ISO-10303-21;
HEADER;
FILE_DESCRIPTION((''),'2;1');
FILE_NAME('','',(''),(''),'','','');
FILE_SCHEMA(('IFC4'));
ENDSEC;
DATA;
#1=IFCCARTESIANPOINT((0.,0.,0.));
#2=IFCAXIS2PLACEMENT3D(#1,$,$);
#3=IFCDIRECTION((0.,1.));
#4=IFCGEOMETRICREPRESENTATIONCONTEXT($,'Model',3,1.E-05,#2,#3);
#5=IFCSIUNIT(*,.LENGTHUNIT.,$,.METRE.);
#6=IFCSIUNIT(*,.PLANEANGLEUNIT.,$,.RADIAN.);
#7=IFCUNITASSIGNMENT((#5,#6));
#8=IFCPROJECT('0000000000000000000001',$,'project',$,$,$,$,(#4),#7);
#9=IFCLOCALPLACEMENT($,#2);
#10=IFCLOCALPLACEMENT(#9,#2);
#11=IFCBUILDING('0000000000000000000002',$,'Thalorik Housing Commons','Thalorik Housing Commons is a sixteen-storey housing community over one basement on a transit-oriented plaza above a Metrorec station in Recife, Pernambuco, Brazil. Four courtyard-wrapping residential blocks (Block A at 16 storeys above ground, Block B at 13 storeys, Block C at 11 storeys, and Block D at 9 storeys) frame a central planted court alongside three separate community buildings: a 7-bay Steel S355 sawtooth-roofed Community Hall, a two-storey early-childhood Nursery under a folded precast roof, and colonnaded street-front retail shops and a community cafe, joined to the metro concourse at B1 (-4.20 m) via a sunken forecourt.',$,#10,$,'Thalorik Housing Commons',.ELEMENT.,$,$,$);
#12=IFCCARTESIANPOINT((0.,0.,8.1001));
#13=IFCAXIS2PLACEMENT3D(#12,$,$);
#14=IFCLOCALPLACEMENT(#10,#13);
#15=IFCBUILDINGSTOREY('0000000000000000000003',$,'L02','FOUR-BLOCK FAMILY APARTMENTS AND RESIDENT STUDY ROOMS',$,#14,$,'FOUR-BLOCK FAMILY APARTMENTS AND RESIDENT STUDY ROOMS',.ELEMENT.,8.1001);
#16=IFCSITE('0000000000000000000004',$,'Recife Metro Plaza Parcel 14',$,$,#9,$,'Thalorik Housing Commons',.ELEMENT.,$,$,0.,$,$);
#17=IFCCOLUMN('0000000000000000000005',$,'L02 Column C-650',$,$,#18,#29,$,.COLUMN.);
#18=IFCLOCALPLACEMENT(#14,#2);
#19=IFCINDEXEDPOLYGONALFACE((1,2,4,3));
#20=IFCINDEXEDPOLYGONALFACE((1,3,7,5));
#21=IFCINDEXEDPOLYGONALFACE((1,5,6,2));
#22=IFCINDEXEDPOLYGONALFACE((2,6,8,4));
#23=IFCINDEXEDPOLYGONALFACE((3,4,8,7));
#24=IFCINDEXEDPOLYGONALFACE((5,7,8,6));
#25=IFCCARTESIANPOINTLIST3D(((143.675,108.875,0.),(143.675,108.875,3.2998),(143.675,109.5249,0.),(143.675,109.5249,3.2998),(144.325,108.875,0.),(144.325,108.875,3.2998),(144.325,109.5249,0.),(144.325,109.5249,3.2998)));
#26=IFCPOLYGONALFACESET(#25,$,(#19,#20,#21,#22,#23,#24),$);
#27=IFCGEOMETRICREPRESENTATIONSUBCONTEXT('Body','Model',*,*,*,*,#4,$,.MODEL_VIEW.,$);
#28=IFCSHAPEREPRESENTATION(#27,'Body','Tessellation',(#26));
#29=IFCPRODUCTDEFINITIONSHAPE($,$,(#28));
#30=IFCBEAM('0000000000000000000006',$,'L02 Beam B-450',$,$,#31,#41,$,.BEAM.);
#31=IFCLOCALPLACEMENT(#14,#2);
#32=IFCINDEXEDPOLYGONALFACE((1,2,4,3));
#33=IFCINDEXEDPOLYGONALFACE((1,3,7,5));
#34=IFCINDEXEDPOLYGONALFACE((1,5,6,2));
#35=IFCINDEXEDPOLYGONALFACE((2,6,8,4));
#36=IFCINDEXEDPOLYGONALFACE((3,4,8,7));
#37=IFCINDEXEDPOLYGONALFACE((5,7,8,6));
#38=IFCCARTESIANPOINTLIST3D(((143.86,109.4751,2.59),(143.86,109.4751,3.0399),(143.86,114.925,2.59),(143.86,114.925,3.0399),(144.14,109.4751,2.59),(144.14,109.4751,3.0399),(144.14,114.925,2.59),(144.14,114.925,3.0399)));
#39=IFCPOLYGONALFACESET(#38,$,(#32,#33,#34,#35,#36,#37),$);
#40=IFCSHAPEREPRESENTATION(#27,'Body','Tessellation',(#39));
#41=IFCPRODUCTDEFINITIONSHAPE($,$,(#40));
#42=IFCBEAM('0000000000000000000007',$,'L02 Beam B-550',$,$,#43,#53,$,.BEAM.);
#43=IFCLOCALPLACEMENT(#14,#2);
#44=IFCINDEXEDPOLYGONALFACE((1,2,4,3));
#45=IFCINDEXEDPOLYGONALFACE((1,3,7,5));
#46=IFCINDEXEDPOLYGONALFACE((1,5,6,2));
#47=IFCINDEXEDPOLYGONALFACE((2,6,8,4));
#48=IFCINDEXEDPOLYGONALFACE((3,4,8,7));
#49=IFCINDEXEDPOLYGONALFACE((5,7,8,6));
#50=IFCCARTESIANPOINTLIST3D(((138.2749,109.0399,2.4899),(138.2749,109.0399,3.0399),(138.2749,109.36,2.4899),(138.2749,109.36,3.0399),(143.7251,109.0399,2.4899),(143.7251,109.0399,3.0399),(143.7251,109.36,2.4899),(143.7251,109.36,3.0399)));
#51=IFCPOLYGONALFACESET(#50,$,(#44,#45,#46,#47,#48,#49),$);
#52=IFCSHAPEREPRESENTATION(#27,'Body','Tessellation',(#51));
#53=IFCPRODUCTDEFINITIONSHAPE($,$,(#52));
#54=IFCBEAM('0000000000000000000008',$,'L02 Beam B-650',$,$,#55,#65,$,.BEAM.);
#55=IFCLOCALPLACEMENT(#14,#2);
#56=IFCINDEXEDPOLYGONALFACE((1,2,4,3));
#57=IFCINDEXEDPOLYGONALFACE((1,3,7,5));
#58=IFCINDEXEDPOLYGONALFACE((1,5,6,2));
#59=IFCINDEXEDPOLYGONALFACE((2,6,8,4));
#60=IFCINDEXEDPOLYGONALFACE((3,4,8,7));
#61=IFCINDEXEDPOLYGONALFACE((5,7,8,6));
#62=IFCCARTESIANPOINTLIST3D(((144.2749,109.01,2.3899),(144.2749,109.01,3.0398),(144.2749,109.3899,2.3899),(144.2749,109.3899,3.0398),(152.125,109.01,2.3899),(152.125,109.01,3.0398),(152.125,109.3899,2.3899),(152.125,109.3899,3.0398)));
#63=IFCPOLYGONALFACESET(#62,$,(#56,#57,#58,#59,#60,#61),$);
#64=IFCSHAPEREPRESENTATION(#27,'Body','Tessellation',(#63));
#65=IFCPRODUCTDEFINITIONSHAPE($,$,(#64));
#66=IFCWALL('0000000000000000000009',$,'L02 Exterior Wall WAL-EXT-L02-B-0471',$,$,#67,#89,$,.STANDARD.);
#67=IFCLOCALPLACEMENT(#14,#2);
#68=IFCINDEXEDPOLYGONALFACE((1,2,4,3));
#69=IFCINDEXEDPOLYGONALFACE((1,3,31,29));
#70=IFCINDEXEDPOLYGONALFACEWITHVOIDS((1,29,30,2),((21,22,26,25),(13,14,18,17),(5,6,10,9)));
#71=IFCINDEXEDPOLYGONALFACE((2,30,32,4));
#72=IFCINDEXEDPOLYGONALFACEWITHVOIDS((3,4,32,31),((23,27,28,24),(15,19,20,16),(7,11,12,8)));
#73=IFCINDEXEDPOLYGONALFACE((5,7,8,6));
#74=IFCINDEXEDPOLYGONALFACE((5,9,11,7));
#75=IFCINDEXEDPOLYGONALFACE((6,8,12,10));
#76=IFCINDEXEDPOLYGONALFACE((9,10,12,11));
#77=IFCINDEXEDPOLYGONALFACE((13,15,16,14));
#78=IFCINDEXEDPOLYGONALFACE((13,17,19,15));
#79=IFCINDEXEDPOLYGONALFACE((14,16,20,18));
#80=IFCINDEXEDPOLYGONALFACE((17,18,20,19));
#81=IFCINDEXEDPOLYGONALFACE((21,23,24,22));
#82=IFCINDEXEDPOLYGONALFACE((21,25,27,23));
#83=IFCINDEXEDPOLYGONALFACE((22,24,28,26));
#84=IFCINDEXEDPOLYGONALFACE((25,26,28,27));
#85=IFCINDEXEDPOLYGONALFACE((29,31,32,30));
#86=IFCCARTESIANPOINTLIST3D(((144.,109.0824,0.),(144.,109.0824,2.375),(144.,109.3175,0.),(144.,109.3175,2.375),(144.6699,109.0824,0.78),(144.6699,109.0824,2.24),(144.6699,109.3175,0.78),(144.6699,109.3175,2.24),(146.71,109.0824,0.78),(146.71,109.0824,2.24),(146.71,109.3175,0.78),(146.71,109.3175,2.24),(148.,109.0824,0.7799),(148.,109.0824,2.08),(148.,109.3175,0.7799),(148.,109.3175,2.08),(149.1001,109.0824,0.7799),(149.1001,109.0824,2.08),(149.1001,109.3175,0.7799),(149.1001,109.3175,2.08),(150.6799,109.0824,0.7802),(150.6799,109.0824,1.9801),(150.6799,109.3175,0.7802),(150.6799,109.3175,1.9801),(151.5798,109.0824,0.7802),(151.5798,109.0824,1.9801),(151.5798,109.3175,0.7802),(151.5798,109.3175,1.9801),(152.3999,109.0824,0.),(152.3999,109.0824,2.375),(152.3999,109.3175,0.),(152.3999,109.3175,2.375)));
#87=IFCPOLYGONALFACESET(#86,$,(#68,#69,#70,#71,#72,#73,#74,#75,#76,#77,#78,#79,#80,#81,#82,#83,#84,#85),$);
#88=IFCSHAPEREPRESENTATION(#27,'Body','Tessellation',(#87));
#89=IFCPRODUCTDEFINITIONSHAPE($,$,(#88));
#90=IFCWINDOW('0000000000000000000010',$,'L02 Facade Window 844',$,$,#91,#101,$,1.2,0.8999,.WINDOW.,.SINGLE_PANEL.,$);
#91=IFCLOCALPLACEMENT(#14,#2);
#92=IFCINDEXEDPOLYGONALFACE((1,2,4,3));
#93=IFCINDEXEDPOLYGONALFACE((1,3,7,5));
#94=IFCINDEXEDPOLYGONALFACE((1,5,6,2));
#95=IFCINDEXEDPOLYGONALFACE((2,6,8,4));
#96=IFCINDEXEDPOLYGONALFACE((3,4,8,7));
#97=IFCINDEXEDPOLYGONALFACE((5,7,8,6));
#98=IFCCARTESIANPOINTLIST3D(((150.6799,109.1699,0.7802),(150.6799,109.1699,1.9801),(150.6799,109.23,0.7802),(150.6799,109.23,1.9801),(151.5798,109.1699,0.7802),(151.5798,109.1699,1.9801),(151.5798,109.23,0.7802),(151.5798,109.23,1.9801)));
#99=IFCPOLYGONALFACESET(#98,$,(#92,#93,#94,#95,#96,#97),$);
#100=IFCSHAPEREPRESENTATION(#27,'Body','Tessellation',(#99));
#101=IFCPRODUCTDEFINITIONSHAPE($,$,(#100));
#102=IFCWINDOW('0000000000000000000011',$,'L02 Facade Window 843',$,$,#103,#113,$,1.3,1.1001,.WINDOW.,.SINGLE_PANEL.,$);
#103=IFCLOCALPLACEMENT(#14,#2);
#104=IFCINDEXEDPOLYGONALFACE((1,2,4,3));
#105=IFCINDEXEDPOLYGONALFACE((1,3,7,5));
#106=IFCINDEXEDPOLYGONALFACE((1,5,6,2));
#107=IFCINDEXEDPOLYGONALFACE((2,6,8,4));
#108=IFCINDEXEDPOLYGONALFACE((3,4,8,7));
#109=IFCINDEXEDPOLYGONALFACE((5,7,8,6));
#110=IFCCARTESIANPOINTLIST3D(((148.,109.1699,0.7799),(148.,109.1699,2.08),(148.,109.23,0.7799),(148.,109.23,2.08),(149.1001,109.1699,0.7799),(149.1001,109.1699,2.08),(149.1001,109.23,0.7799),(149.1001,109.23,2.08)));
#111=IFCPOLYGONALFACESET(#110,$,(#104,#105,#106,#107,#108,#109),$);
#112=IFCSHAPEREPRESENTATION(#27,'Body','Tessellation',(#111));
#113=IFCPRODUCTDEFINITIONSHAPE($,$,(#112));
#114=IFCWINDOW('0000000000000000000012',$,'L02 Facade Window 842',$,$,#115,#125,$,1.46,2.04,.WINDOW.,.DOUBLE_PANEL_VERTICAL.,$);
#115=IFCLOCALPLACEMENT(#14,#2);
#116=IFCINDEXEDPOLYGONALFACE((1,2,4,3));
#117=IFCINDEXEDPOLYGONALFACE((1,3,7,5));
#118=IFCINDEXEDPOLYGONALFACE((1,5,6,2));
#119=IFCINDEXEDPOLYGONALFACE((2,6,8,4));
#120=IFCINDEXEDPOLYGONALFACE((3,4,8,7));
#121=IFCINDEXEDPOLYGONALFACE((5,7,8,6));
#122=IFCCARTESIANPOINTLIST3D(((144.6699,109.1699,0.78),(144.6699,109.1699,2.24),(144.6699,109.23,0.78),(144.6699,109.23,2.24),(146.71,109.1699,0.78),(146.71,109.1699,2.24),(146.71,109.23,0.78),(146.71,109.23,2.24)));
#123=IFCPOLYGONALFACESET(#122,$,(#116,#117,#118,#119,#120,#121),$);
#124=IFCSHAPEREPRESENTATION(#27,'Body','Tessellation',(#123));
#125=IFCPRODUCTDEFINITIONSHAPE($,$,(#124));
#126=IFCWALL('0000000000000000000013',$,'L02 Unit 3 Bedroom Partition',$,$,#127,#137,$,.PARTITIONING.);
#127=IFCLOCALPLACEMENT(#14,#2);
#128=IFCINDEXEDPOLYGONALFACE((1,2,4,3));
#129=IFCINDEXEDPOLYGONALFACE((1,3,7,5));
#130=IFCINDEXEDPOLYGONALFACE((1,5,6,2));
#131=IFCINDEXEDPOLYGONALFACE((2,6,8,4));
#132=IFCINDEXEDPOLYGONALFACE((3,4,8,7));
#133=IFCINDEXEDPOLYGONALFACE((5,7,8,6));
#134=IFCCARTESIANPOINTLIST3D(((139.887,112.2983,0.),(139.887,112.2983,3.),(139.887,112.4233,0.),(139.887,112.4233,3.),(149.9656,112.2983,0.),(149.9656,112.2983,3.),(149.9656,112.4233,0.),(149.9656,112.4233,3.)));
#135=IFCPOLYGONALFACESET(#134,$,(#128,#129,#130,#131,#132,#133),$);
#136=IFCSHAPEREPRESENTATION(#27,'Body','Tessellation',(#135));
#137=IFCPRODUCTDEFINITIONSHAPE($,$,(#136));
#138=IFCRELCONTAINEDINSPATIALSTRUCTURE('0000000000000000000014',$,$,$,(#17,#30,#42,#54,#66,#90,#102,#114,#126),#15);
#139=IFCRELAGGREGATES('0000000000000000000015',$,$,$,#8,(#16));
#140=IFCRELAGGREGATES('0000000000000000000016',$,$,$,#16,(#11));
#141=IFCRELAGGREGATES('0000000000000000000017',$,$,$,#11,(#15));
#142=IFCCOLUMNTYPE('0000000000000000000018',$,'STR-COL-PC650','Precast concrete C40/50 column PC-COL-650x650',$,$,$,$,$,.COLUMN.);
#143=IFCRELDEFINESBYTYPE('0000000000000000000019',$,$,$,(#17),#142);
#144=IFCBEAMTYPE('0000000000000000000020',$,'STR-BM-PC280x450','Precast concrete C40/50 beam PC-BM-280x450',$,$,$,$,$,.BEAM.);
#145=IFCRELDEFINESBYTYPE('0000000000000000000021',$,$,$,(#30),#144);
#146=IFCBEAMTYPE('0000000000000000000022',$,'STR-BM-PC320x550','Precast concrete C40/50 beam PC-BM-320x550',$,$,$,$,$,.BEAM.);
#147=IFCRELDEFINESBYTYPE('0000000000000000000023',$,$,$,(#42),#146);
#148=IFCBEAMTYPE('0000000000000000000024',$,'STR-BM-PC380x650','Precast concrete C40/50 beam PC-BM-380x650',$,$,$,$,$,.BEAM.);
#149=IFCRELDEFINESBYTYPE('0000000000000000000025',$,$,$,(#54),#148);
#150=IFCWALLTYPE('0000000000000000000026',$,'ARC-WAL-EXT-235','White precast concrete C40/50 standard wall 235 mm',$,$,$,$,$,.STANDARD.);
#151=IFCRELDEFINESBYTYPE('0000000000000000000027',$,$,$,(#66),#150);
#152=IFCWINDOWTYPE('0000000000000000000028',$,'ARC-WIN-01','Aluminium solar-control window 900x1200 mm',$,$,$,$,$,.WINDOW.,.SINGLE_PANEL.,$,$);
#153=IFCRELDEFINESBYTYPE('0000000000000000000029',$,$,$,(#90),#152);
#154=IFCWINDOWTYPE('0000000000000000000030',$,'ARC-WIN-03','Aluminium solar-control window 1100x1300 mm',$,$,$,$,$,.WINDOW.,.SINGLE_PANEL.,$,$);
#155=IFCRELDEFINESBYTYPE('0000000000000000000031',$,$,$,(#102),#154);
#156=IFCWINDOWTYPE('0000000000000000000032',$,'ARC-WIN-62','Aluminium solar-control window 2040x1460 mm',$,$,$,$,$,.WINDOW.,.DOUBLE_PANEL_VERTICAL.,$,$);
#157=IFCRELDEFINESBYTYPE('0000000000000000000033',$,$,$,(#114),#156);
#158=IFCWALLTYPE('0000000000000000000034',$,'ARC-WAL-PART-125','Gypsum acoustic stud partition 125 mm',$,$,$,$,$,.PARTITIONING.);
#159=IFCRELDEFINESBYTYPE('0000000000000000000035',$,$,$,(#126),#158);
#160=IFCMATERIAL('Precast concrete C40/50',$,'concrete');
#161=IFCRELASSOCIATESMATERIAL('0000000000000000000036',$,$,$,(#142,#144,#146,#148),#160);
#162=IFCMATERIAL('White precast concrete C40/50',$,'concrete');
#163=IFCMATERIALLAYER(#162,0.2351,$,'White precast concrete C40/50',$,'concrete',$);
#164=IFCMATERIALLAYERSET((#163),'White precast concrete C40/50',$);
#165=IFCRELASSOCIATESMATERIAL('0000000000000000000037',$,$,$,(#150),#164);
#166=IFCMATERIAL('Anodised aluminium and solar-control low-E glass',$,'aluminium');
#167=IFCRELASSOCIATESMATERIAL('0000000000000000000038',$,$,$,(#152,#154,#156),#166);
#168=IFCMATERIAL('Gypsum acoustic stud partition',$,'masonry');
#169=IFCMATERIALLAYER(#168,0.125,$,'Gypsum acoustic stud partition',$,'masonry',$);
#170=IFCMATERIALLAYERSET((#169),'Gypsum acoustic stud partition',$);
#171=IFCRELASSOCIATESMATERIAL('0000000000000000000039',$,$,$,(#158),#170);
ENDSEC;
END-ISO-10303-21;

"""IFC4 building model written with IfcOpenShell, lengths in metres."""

from ifc_helpers import new_model, si_unit, direction, frame, frame_2d, origin, origin_2d, place, context, subcontext, project, spatial, rectangle, extrude, material, layer, layer_set, material_profile, profile_set, type_object, element, fill, save


model = new_model("IFC4")

# Units and contexts
model_context = context("Model", 3, precision=1e-05, world=origin(), true_north=direction((0.0, 1.0)))
body_context = subcontext(model_context, "Body", "Model", "MODEL_VIEW")
ifc_project = project(units=[si_unit("LENGTHUNIT", "METRE"), si_unit("PLANEANGLEUNIT", "RADIAN")], contexts=[model_context])

# Site, building, storey
site_placement = place(None, origin())
site = spatial("IfcSite", under=ifc_project, at=site_placement, Name="Recife Metro Plaza Parcel 14", LongName="Thalorik Housing Commons", CompositionType="ELEMENT", RefElevation=0.0)
building_placement = place(site_placement, origin())
building = spatial("IfcBuilding", under=site, at=building_placement, Name="Thalorik Housing Commons", Description="Thalorik Housing Commons is a sixteen-storey housing community over one basement on a transit-oriented plaza above a Metrorec station in Recife, Pernambuco, Brazil. Four courtyard-wrapping residential blocks (Block A at 16 storeys above ground, Block B at 13 storeys, Block C at 11 storeys, and Block D at 9 storeys) frame a central planted court alongside three separate community buildings: a 7-bay Steel S355 sawtooth-roofed Community Hall, a two-storey early-childhood Nursery under a folded precast roof, and colonnaded street-front retail shops and a community cafe, joined to the metro concourse at B1 (-4.20 m) via a sunken forecourt.", LongName="Thalorik Housing Commons", CompositionType="ELEMENT")
storey_placement = place(building_placement, frame((0.0, 0.0, 8.1001)))
storey = spatial("IfcBuildingStorey", under=building, at=storey_placement, Name="L02", Description="FOUR-BLOCK FAMILY APARTMENTS AND RESIDENT STUDY ROOMS", LongName="FOUR-BLOCK FAMILY APARTMENTS AND RESIDENT STUDY ROOMS", CompositionType="ELEMENT", Elevation=8.1001)

# Column
ifc_material_1 = material(Name="Precast concrete C40/50", Category="concrete")
ifc_material_profile_1 = material_profile(ifc_material_1, rectangle(XDim=0.6499, YDim=0.6499, at=origin_2d()), Name="PC 650x650", Category="concrete")
ifc_profile_set_1 = profile_set([ifc_material_profile_1], Name="Precast concrete C40/50")
column_type = type_object("IfcColumnType", Name="STR-COL-PC650", Description="Precast concrete C40/50 column PC-COL-650x650", PredefinedType="COLUMN", material=ifc_profile_set_1)
column_placement = place(storey_placement, frame((144.0, 109.2, 0.0), z_axis=(0.0, 0.0, 1.0), x_axis=(1.0, 0.0, 0.0)))
element("IfcColumn", 1, at=column_placement, inside=storey, type_object=column_type, Name="L02 Column C-650", PredefinedType="COLUMN", context=body_context, shape_type="SweptSolid", body=[
    extrude(rectangle(XDim=0.6499, YDim=0.6499, at=origin_2d()), origin(), (0.0, 0.0, 1.0), 3.2998),
])

# Beams
ifc_material_profile_2 = material_profile(ifc_material_1, rectangle(XDim=0.28, YDim=0.45, at=origin_2d()), Name="PC 280x450", Category="concrete")
ifc_profile_set_2 = profile_set([ifc_material_profile_2], Name="Precast concrete C40/50")
beam_type_1 = type_object("IfcBeamType", Name="STR-BM-PC280x450", Description="Precast concrete C40/50 beam PC-BM-280x450", PredefinedType="BEAM", material=ifc_profile_set_2)
beam_1_placement = place(storey_placement, frame((144.0, 109.4751, 2.8149), z_axis=(0.0, 1.0, 0.0), x_axis=(-1.0, 0.0, 0.0)))
element("IfcBeam", 2, at=beam_1_placement, inside=storey, type_object=beam_type_1, Name="L02 Beam B-450", PredefinedType="BEAM", context=body_context, shape_type="SweptSolid", body=[
    extrude(rectangle(XDim=0.28, YDim=0.45, at=origin_2d()), origin(), (0.0, 0.0, 1.0), 5.45),
])
ifc_material_profile_3 = material_profile(ifc_material_1, rectangle(XDim=0.3201, YDim=0.55, at=origin_2d()), Name="PC 320x550", Category="concrete")
ifc_profile_set_3 = profile_set([ifc_material_profile_3], Name="Precast concrete C40/50")
beam_type_2 = type_object("IfcBeamType", Name="STR-BM-PC320x550", Description="Precast concrete C40/50 beam PC-BM-320x550", PredefinedType="BEAM", material=ifc_profile_set_3)
beam_2_placement = place(storey_placement, frame((138.2749, 109.2, 2.7649), z_axis=(1.0, 0.0, 0.0), x_axis=(0.0, 1.0, 0.0)))
element("IfcBeam", 3, at=beam_2_placement, inside=storey, type_object=beam_type_2, Name="L02 Beam B-550", PredefinedType="BEAM", context=body_context, shape_type="SweptSolid", body=[
    extrude(rectangle(XDim=0.3201, YDim=0.55, at=origin_2d()), origin(), (0.0, 0.0, 1.0), 5.4502),
])
ifc_material_profile_4 = material_profile(ifc_material_1, rectangle(XDim=0.3799, YDim=0.6499, at=origin_2d()), Name="PC 380x650", Category="concrete")
ifc_profile_set_4 = profile_set([ifc_material_profile_4], Name="Precast concrete C40/50")
beam_type_3 = type_object("IfcBeamType", Name="STR-BM-PC380x650", Description="Precast concrete C40/50 beam PC-BM-380x650", PredefinedType="BEAM", material=ifc_profile_set_4)
beam_3_placement = place(storey_placement, frame((144.2749, 109.2, 2.7148), z_axis=(1.0, 0.0, 0.0), x_axis=(0.0, 1.0, 0.0)))
element("IfcBeam", 4, at=beam_3_placement, inside=storey, type_object=beam_type_3, Name="L02 Beam B-650", PredefinedType="BEAM", context=body_context, shape_type="SweptSolid", body=[
    extrude(rectangle(XDim=0.3799, YDim=0.6499, at=origin_2d()), origin(), (0.0, 0.0, 1.0), 7.8501),
])

# Wall, openings, windows
ifc_material_2 = material(Name="White precast concrete C40/50", Category="concrete")
ifc_layer_1 = layer(ifc_material_2, 0.2351, Name="White precast concrete C40/50", Category="concrete")
ifc_layer_set_1 = layer_set([ifc_layer_1], Name="White precast concrete C40/50")
wall_type_1 = type_object("IfcWallType", Name="ARC-WAL-EXT-235", Description="White precast concrete C40/50 standard wall 235 mm", PredefinedType="STANDARD", material=ifc_layer_set_1)
wall_1_placement = place(storey_placement, frame((144.0, 109.2, 0.0), z_axis=(0.0, 0.0, 1.0), x_axis=(1.0, 0.0, 0.0)))
wall_1 = element("IfcWall", 5, at=wall_1_placement, inside=storey, type_object=wall_type_1, Name="L02 Exterior Wall WAL-EXT-L02-B-0471", PredefinedType="STANDARD", context=body_context, shape_type="SweptSolid", body=[
    extrude(rectangle(XDim=8.3999, YDim=0.2351, at=frame_2d((4.2, 0.0))), origin(), (0.0, 0.0, 1.0), 2.375),
])
opening_1_placement = place(wall_1_placement, frame((0.6699, 0.0, 0.78)))
opening_1 = element("IfcOpeningElement", 6, at=opening_1_placement, cuts=wall_1, PredefinedType="OPENING", context=body_context, shape_type="SweptSolid", body=[
    extrude(rectangle(XDim=2.04, YDim=1.46, at=frame_2d((1.02, 0.73))), frame((0.0, 0.1274, 0.0), z_axis=(0.0, -1.0, 0.0), x_axis=(1.0, 0.0, 0.0)), (0.0, 0.0, 1.0), 0.2551),
])
opening_2_placement = place(wall_1_placement, frame((4.0, 0.0, 0.78)))
opening_2 = element("IfcOpeningElement", 7, at=opening_2_placement, cuts=wall_1, PredefinedType="OPENING", context=body_context, shape_type="SweptSolid", body=[
    extrude(rectangle(XDim=1.1001, YDim=1.3, at=frame_2d((0.55, 0.6499))), frame((0.0, 0.1274, 0.0), z_axis=(0.0, -1.0, 0.0), x_axis=(1.0, 0.0, 0.0)), (0.0, 0.0, 1.0), 0.2551),
])
opening_3_placement = place(wall_1_placement, frame((6.6799, 0.0, 0.78)))
opening_3 = element("IfcOpeningElement", 8, at=opening_3_placement, cuts=wall_1, PredefinedType="OPENING", context=body_context, shape_type="SweptSolid", body=[
    extrude(rectangle(XDim=0.8999, YDim=1.2, at=frame_2d((0.45, 0.6001))), frame((0.0, 0.1274, 0.0), z_axis=(0.0, -1.0, 0.0), x_axis=(1.0, 0.0, 0.0)), (0.0, 0.0, 1.0), 0.2551),
])
ifc_material_3 = material(Name="Anodised aluminium and solar-control low-E glass", Category="aluminium")
window_type_1 = type_object("IfcWindowType", Name="ARC-WIN-01", Description="Aluminium solar-control window 900x1200 mm", PartitioningType="SINGLE_PANEL", PredefinedType="WINDOW", material=ifc_material_3)
window_1_placement = place(opening_3_placement, origin())
window_1 = element("IfcWindow", 9, at=window_1_placement, inside=storey, type_object=window_type_1, Name="L02 Facade Window 844", OverallHeight=1.2, OverallWidth=0.8999, PartitioningType="SINGLE_PANEL", PredefinedType="WINDOW", context=body_context, shape_type="SweptSolid", body=[
    extrude(rectangle(XDim=0.8999, YDim=1.2, at=frame_2d((0.45, 0.6001))), frame((0.0, 0.03, 0.0), z_axis=(0.0, -1.0, 0.0), x_axis=(1.0, 0.0, 0.0)), (0.0, 0.0, 1.0), 0.0601),
])
fill(opening_3, window_1)
window_type_2 = type_object("IfcWindowType", Name="ARC-WIN-03", Description="Aluminium solar-control window 1100x1300 mm", PartitioningType="SINGLE_PANEL", PredefinedType="WINDOW", material=ifc_material_3)
window_2_placement = place(opening_2_placement, origin())
window_2 = element("IfcWindow", 10, at=window_2_placement, inside=storey, type_object=window_type_2, Name="L02 Facade Window 843", OverallHeight=1.3, OverallWidth=1.1001, PartitioningType="SINGLE_PANEL", PredefinedType="WINDOW", context=body_context, shape_type="SweptSolid", body=[
    extrude(rectangle(XDim=1.1001, YDim=1.3, at=frame_2d((0.55, 0.6499))), frame((0.0, 0.03, 0.0), z_axis=(0.0, -1.0, 0.0), x_axis=(1.0, 0.0, 0.0)), (0.0, 0.0, 1.0), 0.0601),
])
fill(opening_2, window_2)
window_type_3 = type_object("IfcWindowType", Name="ARC-WIN-62", Description="Aluminium solar-control window 2040x1460 mm", PartitioningType="DOUBLE_PANEL_VERTICAL", PredefinedType="WINDOW", material=ifc_material_3)
window_3_placement = place(opening_1_placement, origin())
window_3 = element("IfcWindow", 11, at=window_3_placement, inside=storey, type_object=window_type_3, Name="L02 Facade Window 842", OverallHeight=1.46, OverallWidth=2.04, PartitioningType="DOUBLE_PANEL_VERTICAL", PredefinedType="WINDOW", context=body_context, shape_type="SweptSolid", body=[
    extrude(rectangle(XDim=2.04, YDim=1.46, at=frame_2d((1.02, 0.73))), frame((0.0, 0.03, 0.0), z_axis=(0.0, -1.0, 0.0), x_axis=(1.0, 0.0, 0.0)), (0.0, 0.0, 1.0), 0.0601),
])
fill(opening_1, window_3)

# Wall
ifc_material_4 = material(Name="Gypsum acoustic stud partition", Category="masonry")
ifc_layer_2 = layer(ifc_material_4, 0.125, Name="Gypsum acoustic stud partition", Category="masonry")
ifc_layer_set_2 = layer_set([ifc_layer_2], Name="Gypsum acoustic stud partition")
wall_type_2 = type_object("IfcWallType", Name="ARC-WAL-PART-125", Description="Gypsum acoustic stud partition 125 mm", PredefinedType="PARTITIONING", material=ifc_layer_set_2)
wall_2_placement = place(storey_placement, frame((139.887, 112.3608, 0.0), z_axis=(0.0, 0.0, 1.0), x_axis=(1.0, 0.0, 0.0)))
element("IfcWall", 12, at=wall_2_placement, inside=storey, type_object=wall_type_2, Name="L02 Unit 3 Bedroom Partition", PredefinedType="PARTITIONING", context=body_context, shape_type="SweptSolid", body=[
    extrude(rectangle(XDim=10.0786, YDim=0.125, at=frame_2d((5.0393, 0.0))), origin(), (0.0, 0.0, 1.0), 3.0),
])

save(model, "model.ifc")
